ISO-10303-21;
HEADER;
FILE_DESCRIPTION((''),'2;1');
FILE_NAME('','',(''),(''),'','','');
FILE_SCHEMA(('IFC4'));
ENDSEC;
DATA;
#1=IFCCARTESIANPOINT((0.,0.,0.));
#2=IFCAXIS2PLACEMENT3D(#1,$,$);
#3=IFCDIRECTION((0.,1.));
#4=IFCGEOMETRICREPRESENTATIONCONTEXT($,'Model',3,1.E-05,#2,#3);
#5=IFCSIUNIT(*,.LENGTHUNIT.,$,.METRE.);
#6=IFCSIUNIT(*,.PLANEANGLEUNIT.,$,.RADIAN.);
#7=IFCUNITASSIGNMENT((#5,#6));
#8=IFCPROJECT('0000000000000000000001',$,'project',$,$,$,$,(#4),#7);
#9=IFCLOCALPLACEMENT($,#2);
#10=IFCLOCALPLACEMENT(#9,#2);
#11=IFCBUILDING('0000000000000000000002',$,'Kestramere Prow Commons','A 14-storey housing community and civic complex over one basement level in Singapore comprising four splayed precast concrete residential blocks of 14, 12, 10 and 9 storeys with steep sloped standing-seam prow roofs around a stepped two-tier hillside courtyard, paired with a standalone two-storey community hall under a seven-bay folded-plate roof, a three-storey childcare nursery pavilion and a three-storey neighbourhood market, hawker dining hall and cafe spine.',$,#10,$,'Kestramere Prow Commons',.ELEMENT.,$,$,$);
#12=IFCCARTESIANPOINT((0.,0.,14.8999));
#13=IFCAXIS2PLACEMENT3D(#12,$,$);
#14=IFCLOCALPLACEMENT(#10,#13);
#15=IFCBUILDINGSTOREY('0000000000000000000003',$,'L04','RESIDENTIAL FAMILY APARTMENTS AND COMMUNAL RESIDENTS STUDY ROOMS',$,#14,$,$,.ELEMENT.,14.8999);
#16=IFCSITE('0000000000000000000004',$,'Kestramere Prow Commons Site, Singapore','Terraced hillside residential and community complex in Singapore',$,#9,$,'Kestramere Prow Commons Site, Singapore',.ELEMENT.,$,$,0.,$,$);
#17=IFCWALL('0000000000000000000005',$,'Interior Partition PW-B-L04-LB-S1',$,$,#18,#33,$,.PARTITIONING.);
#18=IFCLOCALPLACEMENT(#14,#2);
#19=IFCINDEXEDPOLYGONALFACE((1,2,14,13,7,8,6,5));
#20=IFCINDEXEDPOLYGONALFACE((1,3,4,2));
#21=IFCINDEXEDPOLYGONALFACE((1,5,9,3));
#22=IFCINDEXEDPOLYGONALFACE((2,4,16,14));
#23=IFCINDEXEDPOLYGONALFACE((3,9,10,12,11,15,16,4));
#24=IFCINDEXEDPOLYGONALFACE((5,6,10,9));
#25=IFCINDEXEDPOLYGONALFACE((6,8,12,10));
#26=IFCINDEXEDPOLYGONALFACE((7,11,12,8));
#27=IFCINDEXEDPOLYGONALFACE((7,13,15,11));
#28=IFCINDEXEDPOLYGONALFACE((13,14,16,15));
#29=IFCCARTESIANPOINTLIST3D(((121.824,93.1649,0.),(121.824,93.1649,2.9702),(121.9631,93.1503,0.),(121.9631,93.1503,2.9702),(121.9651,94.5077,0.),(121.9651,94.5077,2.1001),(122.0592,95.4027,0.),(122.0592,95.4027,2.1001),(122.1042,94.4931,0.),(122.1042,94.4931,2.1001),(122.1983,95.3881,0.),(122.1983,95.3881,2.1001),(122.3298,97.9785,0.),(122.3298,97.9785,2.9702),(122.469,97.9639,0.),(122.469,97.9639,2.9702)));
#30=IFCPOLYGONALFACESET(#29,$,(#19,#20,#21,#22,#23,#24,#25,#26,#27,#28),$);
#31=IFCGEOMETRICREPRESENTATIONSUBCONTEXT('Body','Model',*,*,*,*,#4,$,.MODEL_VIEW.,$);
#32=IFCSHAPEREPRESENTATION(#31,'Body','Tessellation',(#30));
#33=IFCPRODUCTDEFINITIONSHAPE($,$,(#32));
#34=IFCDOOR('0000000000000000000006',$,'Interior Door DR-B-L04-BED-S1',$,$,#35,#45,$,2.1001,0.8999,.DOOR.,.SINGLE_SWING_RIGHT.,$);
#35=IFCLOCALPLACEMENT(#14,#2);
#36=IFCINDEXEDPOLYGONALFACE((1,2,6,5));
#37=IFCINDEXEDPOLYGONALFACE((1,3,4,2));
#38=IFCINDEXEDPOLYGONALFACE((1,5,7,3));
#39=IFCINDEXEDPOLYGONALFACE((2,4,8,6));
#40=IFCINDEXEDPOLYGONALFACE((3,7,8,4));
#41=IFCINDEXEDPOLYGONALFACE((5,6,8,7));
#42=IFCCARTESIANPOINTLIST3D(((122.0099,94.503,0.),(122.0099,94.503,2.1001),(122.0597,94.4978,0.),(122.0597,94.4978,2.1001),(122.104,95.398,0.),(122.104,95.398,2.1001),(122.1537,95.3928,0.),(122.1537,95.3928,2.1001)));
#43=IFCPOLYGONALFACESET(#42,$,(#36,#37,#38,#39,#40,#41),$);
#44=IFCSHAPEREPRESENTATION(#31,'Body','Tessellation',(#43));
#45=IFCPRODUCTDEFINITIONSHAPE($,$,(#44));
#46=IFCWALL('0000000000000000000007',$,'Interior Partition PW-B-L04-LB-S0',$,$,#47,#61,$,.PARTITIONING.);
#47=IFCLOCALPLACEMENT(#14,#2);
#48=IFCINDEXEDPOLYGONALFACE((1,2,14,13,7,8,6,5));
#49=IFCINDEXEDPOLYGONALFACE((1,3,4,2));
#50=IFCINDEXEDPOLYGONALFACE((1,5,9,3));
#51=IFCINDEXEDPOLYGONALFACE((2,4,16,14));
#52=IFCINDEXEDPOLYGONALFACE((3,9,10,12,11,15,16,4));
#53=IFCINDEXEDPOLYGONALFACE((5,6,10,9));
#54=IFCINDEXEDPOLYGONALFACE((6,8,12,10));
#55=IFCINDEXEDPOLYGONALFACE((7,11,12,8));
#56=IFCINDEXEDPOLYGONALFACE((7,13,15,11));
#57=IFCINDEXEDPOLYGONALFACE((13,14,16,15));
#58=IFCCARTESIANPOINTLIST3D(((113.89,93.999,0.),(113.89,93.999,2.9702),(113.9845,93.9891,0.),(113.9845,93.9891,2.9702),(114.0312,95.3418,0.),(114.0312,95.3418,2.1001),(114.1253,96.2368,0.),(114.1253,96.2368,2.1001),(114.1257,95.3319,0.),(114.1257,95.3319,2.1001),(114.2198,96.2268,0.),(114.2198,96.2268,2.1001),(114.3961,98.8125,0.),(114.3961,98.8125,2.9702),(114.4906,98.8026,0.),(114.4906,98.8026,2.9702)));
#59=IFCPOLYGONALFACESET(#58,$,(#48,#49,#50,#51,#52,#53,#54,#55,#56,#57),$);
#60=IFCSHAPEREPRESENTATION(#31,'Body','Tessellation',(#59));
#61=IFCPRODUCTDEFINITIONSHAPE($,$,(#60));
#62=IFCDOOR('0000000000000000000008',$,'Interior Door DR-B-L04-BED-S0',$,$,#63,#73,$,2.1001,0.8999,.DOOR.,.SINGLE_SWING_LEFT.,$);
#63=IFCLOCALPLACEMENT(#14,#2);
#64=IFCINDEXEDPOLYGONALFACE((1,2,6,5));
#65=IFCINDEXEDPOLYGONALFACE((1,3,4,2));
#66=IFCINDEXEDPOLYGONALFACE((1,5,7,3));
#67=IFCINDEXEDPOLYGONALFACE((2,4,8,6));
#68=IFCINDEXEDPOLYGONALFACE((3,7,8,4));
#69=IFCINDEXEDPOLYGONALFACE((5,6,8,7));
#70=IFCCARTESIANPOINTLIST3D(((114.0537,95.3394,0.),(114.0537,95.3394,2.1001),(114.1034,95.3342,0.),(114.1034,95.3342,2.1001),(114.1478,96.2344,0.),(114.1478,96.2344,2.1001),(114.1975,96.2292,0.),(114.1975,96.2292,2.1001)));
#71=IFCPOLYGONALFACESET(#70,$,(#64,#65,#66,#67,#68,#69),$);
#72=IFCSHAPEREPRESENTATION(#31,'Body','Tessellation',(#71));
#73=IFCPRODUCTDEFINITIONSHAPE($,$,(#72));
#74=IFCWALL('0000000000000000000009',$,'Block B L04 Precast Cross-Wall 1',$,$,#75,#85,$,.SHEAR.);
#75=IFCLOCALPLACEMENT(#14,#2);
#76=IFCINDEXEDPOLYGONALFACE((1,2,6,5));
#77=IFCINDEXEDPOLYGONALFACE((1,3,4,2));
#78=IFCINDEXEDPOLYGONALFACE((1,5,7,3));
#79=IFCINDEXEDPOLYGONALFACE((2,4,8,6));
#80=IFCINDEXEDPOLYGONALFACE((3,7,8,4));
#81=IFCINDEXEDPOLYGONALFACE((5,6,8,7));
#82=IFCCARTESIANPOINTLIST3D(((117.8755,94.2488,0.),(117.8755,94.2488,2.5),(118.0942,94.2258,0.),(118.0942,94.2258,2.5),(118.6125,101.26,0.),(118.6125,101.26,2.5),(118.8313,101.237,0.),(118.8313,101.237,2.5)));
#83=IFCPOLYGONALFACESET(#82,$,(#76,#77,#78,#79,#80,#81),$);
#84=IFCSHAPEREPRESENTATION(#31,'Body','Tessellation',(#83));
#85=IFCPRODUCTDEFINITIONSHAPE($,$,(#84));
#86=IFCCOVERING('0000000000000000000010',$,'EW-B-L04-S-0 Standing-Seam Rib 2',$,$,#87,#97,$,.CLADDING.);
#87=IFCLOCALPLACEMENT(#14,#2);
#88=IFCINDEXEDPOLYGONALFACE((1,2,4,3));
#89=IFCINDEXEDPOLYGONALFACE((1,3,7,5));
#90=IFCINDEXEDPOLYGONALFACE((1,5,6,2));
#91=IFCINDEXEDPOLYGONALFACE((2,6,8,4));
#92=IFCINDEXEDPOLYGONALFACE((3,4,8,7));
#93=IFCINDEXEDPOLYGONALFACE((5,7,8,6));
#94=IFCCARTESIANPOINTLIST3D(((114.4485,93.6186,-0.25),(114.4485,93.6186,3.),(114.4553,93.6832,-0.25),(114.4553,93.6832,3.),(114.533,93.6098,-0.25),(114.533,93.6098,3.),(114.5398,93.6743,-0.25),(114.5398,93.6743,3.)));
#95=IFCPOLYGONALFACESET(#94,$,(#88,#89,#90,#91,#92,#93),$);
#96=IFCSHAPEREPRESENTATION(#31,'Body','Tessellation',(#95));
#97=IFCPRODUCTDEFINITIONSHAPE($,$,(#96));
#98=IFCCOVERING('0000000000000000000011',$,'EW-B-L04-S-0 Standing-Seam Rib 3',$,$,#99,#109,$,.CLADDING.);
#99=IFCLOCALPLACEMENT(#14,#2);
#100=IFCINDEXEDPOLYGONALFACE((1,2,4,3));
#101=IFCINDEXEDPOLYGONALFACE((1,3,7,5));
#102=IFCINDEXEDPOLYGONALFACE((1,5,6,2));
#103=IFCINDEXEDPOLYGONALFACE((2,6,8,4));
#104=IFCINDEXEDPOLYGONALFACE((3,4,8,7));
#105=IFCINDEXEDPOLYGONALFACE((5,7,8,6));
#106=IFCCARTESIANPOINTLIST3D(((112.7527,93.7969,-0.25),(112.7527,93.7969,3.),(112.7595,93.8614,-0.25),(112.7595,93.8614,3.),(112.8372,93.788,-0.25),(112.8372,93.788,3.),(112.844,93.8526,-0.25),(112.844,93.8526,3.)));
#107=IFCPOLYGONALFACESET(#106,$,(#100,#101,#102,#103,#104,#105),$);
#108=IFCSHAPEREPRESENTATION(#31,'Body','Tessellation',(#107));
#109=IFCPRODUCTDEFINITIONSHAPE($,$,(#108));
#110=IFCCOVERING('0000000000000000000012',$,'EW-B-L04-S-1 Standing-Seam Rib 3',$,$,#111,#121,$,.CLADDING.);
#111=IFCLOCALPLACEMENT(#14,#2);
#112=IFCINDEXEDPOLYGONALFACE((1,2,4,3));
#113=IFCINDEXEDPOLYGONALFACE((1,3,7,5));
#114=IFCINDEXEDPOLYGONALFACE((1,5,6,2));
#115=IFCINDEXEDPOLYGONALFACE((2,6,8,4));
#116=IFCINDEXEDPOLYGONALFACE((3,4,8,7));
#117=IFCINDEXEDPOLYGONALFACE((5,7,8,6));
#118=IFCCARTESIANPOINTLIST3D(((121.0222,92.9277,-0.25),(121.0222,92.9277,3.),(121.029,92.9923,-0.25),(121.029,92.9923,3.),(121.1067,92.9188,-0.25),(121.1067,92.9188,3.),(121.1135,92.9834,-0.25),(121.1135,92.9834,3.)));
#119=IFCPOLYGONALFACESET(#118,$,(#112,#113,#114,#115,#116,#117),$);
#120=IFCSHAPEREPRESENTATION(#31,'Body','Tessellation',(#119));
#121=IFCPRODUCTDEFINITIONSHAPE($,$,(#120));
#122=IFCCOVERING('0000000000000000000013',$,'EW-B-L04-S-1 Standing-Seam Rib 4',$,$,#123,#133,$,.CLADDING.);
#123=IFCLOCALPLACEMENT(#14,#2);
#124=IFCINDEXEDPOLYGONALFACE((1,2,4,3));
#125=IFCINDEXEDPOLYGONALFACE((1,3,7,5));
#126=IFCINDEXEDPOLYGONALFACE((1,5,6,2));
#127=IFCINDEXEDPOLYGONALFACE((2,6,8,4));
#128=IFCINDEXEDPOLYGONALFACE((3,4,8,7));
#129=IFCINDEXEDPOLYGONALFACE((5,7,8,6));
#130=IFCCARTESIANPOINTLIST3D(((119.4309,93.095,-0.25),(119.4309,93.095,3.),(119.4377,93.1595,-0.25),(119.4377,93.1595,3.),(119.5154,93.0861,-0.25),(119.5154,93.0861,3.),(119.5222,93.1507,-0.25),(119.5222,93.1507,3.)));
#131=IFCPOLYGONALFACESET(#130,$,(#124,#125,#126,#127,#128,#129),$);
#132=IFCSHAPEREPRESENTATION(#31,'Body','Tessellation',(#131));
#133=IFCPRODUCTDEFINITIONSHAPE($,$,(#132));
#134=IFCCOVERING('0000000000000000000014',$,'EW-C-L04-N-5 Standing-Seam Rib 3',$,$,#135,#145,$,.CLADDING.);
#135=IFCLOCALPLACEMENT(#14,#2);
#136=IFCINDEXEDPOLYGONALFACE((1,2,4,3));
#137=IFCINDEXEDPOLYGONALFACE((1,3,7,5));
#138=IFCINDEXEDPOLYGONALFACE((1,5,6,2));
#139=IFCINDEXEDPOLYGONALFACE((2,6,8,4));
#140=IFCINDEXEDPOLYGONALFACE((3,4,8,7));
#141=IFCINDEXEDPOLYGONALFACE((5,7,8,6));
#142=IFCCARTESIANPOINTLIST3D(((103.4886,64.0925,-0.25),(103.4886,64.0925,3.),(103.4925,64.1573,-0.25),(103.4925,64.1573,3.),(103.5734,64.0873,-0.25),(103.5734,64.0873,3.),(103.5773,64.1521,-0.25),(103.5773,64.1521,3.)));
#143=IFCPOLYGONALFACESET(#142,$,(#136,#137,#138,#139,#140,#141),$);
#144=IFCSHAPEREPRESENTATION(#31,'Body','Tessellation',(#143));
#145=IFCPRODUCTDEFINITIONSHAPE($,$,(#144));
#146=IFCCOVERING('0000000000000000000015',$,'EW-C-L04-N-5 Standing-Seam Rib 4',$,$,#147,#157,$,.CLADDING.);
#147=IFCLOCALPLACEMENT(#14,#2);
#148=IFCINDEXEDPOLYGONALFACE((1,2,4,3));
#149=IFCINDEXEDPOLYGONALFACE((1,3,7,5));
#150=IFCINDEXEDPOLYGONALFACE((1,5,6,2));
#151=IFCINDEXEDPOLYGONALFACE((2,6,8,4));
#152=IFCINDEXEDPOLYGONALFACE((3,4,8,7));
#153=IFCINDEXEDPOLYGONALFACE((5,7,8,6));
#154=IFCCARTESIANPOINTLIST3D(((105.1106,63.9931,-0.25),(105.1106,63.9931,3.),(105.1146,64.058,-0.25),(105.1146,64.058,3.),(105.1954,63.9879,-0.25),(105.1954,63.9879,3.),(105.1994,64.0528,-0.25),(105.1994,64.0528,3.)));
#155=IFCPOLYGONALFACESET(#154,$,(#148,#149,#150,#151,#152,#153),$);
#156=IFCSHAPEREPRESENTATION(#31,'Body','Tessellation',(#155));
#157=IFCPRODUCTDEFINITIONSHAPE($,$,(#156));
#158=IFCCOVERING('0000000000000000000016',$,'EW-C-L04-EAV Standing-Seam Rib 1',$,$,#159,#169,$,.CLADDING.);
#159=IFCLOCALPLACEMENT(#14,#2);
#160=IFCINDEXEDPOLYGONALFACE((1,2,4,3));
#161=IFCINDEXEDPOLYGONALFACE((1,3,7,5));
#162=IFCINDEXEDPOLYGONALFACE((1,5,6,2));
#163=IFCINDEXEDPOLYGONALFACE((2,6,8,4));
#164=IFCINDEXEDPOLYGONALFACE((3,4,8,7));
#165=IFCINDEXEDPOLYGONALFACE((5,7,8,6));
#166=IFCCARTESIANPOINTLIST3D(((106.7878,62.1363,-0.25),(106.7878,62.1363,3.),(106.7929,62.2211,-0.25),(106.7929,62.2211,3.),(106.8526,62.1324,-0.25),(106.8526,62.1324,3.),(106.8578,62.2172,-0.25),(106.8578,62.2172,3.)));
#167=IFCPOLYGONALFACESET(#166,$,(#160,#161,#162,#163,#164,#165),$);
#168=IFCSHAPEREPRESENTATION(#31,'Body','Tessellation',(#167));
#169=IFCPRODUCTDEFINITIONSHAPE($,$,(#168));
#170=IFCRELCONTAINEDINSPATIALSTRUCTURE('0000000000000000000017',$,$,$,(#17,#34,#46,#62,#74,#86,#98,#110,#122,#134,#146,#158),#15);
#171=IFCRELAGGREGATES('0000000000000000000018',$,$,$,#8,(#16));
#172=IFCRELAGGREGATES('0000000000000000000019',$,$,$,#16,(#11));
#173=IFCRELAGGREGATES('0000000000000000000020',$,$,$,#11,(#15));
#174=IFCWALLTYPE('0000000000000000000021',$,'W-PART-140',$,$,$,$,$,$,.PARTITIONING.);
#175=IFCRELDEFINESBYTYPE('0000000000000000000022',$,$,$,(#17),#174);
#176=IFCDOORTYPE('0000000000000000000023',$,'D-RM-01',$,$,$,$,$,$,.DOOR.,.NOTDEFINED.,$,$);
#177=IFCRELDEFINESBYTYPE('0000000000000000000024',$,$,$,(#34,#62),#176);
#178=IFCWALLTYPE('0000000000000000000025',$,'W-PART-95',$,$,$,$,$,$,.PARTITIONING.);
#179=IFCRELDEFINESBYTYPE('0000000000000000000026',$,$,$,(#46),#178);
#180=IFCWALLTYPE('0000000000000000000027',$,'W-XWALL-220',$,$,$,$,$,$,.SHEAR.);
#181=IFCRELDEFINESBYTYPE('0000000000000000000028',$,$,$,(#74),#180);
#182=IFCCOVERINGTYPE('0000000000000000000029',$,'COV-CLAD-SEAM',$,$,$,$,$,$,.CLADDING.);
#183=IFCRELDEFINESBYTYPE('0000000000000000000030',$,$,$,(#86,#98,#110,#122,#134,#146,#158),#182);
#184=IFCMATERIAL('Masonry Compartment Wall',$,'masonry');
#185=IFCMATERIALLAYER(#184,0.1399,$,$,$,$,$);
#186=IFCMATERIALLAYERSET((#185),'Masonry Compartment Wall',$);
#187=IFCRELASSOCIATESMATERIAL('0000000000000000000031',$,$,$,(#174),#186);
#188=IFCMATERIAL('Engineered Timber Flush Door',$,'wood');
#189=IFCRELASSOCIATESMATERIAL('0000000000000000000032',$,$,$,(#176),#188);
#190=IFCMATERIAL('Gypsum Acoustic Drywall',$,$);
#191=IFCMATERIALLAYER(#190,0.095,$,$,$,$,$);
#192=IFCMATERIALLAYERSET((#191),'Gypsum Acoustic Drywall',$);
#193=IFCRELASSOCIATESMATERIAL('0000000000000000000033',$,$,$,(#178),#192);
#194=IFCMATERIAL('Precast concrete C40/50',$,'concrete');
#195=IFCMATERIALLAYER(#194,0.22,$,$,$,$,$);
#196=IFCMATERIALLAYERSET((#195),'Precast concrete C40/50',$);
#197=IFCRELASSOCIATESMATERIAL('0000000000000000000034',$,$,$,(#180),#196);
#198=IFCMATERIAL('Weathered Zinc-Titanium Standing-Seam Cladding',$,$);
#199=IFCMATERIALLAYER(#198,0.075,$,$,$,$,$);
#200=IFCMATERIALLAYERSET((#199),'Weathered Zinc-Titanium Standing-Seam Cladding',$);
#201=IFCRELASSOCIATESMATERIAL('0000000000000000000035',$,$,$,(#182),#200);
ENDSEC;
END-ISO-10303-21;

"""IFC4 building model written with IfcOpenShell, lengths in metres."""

from ifc_helpers import new_model, si_unit, direction, frame, frame_2d, origin, origin_2d, place, context, subcontext, project, spatial, rectangle, extrude, material, layer, layer_set, type_object, element, fill, save


model = new_model("IFC4")

# Units and contexts
model_context = context("Model", 3, precision=1e-05, world=origin(), true_north=direction((0.0, 1.0)))
body_context = subcontext(model_context, "Body", "Model", "MODEL_VIEW")
ifc_project = project(units=[si_unit("LENGTHUNIT", "METRE"), si_unit("PLANEANGLEUNIT", "RADIAN")], contexts=[model_context])

# Site, building, storey
site_placement = place(None, origin())
site = spatial("IfcSite", under=ifc_project, at=site_placement, Name="Kestramere Prow Commons Site, Singapore", Description="Terraced hillside residential and community complex in Singapore", LongName="Kestramere Prow Commons Site, Singapore", CompositionType="ELEMENT", RefElevation=0.0)
building_placement = place(site_placement, origin())
building = spatial("IfcBuilding", under=site, at=building_placement, Name="Kestramere Prow Commons", Description="A 14-storey housing community and civic complex over one basement level in Singapore comprising four splayed precast concrete residential blocks of 14, 12, 10 and 9 storeys with steep sloped standing-seam prow roofs around a stepped two-tier hillside courtyard, paired with a standalone two-storey community hall under a seven-bay folded-plate roof, a three-storey childcare nursery pavilion and a three-storey neighbourhood market, hawker dining hall and cafe spine.", LongName="Kestramere Prow Commons", CompositionType="ELEMENT")
storey_placement = place(building_placement, frame((0.0, 0.0, 14.8999)))
storey = spatial("IfcBuildingStorey", under=building, at=storey_placement, Name="L04", Description="RESIDENTIAL FAMILY APARTMENTS AND COMMUNAL RESIDENTS STUDY ROOMS", CompositionType="ELEMENT", Elevation=14.8999)

# Shared definitions
ifc_material_1 = material(Name="Precast concrete C40/50", Category="concrete")

# Walls, openings, doors
ifc_material_2 = material(Name="Masonry Compartment Wall", Category="masonry")
ifc_layer_1 = layer(ifc_material_2, 0.1399)
ifc_layer_set_1 = layer_set([ifc_layer_1], Name="Masonry Compartment Wall")
wall_type_1 = type_object("IfcWallType", Name="W-PART-140", PredefinedType="PARTITIONING", material=ifc_layer_set_1)
wall_1_placement = place(storey_placement, frame((121.8936, 93.1577, 0.0), z_axis=(0.0, 0.0, 1.0), x_axis=(0.104517, 0.994523, 0.0)))
wall_1 = element("IfcWall", 1, at=wall_1_placement, inside=storey, type_object=wall_type_1, Name="Interior Partition PW-B-L04-LB-S1", PredefinedType="PARTITIONING", context=body_context, shape_type="SweptSolid", body=[
    extrude(rectangle(XDim=4.8401, YDim=0.1399, at=frame_2d((2.4199, 0.0))), origin(), (0.0, 0.0, 1.0), 2.9702),
])
opening_1_placement = place(wall_1_placement, frame((1.3501, 0.0, 0.0)))
opening_1 = element("IfcOpeningElement", 2, at=opening_1_placement, cuts=wall_1, PredefinedType="OPENING", context=body_context, shape_type="SweptSolid", body=[
    extrude(rectangle(XDim=0.8999, YDim=2.1001, at=frame_2d((0.45, 1.05))), frame((0.0, 0.085, 0.0), z_axis=(0.0, -1.0, 0.0), x_axis=(1.0, 0.0, 0.0)), (0.0, 0.0, 1.0), 0.1699),
])
ifc_material_3 = material(Name="Engineered Timber Flush Door", Category="wood")
door_type_1 = type_object("IfcDoorType", Name="D-RM-01", OperationType="NOTDEFINED", PredefinedType="DOOR", material=ifc_material_3)
door_1_placement = place(opening_1_placement, origin())
door_1 = element("IfcDoor", 3, at=door_1_placement, inside=storey, type_object=door_type_1, Name="Interior Door DR-B-L04-BED-S1", OperationType="SINGLE_SWING_RIGHT", OverallHeight=2.1001, OverallWidth=0.8999, PredefinedType="DOOR", context=body_context, shape_type="SweptSolid", body=[
    extrude(rectangle(XDim=0.8999, YDim=2.1001, at=frame_2d((0.45, 1.05))), frame((0.0, 0.0249, 0.0), z_axis=(0.0, -1.0, 0.0), x_axis=(1.0, 0.0, 0.0)), (0.0, 0.0, 1.0), 0.05),
])
fill(opening_1, door_1)
ifc_material_4 = material(Name="Gypsum Acoustic Drywall")
ifc_layer_2 = layer(ifc_material_4, 0.095)
ifc_layer_set_2 = layer_set([ifc_layer_2], Name="Gypsum Acoustic Drywall")
wall_type_2 = type_object("IfcWallType", Name="W-PART-95", PredefinedType="PARTITIONING", material=ifc_layer_set_2)
wall_2_placement = place(storey_placement, frame((113.9373, 93.9941, 0.0), z_axis=(0.0, 0.0, 1.0), x_axis=(0.104567, 0.994518, 0.0)))
wall_2 = element("IfcWall", 4, at=wall_2_placement, inside=storey, type_object=wall_type_2, Name="Interior Partition PW-B-L04-LB-S0", PredefinedType="PARTITIONING", context=body_context, shape_type="SweptSolid", body=[
    extrude(rectangle(XDim=4.8401, YDim=0.095, at=frame_2d((2.4199, 0.0))), origin(), (0.0, 0.0, 1.0), 2.9702),
])
opening_2_placement = place(wall_2_placement, frame((1.3501, 0.0, 0.0)))
opening_2 = element("IfcOpeningElement", 5, at=opening_2_placement, cuts=wall_2, PredefinedType="OPENING", context=body_context, shape_type="SweptSolid", body=[
    extrude(rectangle(XDim=0.8999, YDim=2.1001, at=frame_2d((0.45, 1.05))), frame((0.0, 0.0625, 0.0), z_axis=(0.0, -1.0, 0.0), x_axis=(1.0, 0.0, 0.0)), (0.0, 0.0, 1.0), 0.125),
])
door_2_placement = place(opening_2_placement, origin())
door_2 = element("IfcDoor", 6, at=door_2_placement, inside=storey, type_object=door_type_1, Name="Interior Door DR-B-L04-BED-S0", OperationType="SINGLE_SWING_LEFT", OverallHeight=2.1001, OverallWidth=0.8999, PredefinedType="DOOR", context=body_context, shape_type="SweptSolid", body=[
    extrude(rectangle(XDim=0.8999, YDim=2.1001, at=frame_2d((0.45, 1.05))), frame((0.0, 0.0249, 0.0), z_axis=(0.0, -1.0, 0.0), x_axis=(1.0, 0.0, 0.0)), (0.0, 0.0, 1.0), 0.05),
])
fill(opening_2, door_2)

# Wall
ifc_layer_3 = layer(ifc_material_1, 0.22)
ifc_layer_set_3 = layer_set([ifc_layer_3], Name="Precast concrete C40/50")
wall_type_3 = type_object("IfcWallType", Name="W-XWALL-220", PredefinedType="SHEAR", material=ifc_layer_set_3)
wall_3_placement = place(storey_placement, frame((117.9849, 94.2373, 0.0), z_axis=(0.0, 0.0, 1.0), x_axis=(0.10455, 0.99452, 0.0)))
element("IfcWall", 7, at=wall_3_placement, inside=storey, type_object=wall_type_3, Name="Block B L04 Precast Cross-Wall 1", PredefinedType="SHEAR", context=body_context, shape_type="SweptSolid", body=[
    extrude(rectangle(XDim=7.0498, YDim=0.22, at=frame_2d((3.5249, 0.0))), origin(), (0.0, 0.0, 1.0), 2.5),
])

# Coverings
ifc_material_5 = material(Name="Weathered Zinc-Titanium Standing-Seam Cladding")
ifc_layer_4 = layer(ifc_material_5, 0.075)
ifc_layer_set_4 = layer_set([ifc_layer_4], Name="Weathered Zinc-Titanium Standing-Seam Cladding")
covering_type = type_object("IfcCoveringType", Name="COV-CLAD-SEAM", PredefinedType="CLADDING", material=ifc_layer_set_4)
for number, where, z_axis, x_axis, name in (
    (8, (114.4941, 93.6465, -0.25), (0.0, 0.0, 1.0), (-0.994522, 0.104528, 0.0), "EW-B-L04-S-0 Standing-Seam Rib 2"),
    (9, (112.7983, 93.8247, -0.25), (0.0, 0.0, 1.0), (-0.994522, 0.104528, 0.0), "EW-B-L04-S-0 Standing-Seam Rib 3"),
    (10, (121.0679, 92.9556, -0.25), (0.0, 0.0, 1.0), (-0.994522, 0.104528, 0.0), "EW-B-L04-S-1 Standing-Seam Rib 3"),
    (11, (119.4766, 93.1228, -0.25), (0.0, 0.0, 1.0), (-0.994522, 0.104528, 0.0), "EW-B-L04-S-1 Standing-Seam Rib 4"),
    (12, (103.533, 64.1223, -0.25), (0.0, 0.0, 1.0), (0.998135, -0.061049, 0.0), "EW-C-L04-N-5 Standing-Seam Rib 3"),
    (13, (105.155, 64.0229, -0.25), (0.0, 0.0, 1.0), (0.998135, -0.061049, 0.0), "EW-C-L04-N-5 Standing-Seam Rib 4"),
    (14, (106.8228, 62.1768, -0.25), (0.0, 0.0, 1.0), (-0.061049, -0.998135, 0.0), "EW-C-L04-EAV Standing-Seam Rib 1"),
):
    element("IfcCovering", number, at=place(storey_placement, frame(where, z_axis=z_axis, x_axis=x_axis)), inside=storey, type_object=covering_type, Name=name, PredefinedType="CLADDING", context=body_context, shape_type="SweptSolid", body=[
        extrude(rectangle(XDim=0.085, YDim=0.0649, at=origin_2d()), origin(), (0.0, 0.0, 1.0), 3.25),
    ])

save(model, "model.ifc")
